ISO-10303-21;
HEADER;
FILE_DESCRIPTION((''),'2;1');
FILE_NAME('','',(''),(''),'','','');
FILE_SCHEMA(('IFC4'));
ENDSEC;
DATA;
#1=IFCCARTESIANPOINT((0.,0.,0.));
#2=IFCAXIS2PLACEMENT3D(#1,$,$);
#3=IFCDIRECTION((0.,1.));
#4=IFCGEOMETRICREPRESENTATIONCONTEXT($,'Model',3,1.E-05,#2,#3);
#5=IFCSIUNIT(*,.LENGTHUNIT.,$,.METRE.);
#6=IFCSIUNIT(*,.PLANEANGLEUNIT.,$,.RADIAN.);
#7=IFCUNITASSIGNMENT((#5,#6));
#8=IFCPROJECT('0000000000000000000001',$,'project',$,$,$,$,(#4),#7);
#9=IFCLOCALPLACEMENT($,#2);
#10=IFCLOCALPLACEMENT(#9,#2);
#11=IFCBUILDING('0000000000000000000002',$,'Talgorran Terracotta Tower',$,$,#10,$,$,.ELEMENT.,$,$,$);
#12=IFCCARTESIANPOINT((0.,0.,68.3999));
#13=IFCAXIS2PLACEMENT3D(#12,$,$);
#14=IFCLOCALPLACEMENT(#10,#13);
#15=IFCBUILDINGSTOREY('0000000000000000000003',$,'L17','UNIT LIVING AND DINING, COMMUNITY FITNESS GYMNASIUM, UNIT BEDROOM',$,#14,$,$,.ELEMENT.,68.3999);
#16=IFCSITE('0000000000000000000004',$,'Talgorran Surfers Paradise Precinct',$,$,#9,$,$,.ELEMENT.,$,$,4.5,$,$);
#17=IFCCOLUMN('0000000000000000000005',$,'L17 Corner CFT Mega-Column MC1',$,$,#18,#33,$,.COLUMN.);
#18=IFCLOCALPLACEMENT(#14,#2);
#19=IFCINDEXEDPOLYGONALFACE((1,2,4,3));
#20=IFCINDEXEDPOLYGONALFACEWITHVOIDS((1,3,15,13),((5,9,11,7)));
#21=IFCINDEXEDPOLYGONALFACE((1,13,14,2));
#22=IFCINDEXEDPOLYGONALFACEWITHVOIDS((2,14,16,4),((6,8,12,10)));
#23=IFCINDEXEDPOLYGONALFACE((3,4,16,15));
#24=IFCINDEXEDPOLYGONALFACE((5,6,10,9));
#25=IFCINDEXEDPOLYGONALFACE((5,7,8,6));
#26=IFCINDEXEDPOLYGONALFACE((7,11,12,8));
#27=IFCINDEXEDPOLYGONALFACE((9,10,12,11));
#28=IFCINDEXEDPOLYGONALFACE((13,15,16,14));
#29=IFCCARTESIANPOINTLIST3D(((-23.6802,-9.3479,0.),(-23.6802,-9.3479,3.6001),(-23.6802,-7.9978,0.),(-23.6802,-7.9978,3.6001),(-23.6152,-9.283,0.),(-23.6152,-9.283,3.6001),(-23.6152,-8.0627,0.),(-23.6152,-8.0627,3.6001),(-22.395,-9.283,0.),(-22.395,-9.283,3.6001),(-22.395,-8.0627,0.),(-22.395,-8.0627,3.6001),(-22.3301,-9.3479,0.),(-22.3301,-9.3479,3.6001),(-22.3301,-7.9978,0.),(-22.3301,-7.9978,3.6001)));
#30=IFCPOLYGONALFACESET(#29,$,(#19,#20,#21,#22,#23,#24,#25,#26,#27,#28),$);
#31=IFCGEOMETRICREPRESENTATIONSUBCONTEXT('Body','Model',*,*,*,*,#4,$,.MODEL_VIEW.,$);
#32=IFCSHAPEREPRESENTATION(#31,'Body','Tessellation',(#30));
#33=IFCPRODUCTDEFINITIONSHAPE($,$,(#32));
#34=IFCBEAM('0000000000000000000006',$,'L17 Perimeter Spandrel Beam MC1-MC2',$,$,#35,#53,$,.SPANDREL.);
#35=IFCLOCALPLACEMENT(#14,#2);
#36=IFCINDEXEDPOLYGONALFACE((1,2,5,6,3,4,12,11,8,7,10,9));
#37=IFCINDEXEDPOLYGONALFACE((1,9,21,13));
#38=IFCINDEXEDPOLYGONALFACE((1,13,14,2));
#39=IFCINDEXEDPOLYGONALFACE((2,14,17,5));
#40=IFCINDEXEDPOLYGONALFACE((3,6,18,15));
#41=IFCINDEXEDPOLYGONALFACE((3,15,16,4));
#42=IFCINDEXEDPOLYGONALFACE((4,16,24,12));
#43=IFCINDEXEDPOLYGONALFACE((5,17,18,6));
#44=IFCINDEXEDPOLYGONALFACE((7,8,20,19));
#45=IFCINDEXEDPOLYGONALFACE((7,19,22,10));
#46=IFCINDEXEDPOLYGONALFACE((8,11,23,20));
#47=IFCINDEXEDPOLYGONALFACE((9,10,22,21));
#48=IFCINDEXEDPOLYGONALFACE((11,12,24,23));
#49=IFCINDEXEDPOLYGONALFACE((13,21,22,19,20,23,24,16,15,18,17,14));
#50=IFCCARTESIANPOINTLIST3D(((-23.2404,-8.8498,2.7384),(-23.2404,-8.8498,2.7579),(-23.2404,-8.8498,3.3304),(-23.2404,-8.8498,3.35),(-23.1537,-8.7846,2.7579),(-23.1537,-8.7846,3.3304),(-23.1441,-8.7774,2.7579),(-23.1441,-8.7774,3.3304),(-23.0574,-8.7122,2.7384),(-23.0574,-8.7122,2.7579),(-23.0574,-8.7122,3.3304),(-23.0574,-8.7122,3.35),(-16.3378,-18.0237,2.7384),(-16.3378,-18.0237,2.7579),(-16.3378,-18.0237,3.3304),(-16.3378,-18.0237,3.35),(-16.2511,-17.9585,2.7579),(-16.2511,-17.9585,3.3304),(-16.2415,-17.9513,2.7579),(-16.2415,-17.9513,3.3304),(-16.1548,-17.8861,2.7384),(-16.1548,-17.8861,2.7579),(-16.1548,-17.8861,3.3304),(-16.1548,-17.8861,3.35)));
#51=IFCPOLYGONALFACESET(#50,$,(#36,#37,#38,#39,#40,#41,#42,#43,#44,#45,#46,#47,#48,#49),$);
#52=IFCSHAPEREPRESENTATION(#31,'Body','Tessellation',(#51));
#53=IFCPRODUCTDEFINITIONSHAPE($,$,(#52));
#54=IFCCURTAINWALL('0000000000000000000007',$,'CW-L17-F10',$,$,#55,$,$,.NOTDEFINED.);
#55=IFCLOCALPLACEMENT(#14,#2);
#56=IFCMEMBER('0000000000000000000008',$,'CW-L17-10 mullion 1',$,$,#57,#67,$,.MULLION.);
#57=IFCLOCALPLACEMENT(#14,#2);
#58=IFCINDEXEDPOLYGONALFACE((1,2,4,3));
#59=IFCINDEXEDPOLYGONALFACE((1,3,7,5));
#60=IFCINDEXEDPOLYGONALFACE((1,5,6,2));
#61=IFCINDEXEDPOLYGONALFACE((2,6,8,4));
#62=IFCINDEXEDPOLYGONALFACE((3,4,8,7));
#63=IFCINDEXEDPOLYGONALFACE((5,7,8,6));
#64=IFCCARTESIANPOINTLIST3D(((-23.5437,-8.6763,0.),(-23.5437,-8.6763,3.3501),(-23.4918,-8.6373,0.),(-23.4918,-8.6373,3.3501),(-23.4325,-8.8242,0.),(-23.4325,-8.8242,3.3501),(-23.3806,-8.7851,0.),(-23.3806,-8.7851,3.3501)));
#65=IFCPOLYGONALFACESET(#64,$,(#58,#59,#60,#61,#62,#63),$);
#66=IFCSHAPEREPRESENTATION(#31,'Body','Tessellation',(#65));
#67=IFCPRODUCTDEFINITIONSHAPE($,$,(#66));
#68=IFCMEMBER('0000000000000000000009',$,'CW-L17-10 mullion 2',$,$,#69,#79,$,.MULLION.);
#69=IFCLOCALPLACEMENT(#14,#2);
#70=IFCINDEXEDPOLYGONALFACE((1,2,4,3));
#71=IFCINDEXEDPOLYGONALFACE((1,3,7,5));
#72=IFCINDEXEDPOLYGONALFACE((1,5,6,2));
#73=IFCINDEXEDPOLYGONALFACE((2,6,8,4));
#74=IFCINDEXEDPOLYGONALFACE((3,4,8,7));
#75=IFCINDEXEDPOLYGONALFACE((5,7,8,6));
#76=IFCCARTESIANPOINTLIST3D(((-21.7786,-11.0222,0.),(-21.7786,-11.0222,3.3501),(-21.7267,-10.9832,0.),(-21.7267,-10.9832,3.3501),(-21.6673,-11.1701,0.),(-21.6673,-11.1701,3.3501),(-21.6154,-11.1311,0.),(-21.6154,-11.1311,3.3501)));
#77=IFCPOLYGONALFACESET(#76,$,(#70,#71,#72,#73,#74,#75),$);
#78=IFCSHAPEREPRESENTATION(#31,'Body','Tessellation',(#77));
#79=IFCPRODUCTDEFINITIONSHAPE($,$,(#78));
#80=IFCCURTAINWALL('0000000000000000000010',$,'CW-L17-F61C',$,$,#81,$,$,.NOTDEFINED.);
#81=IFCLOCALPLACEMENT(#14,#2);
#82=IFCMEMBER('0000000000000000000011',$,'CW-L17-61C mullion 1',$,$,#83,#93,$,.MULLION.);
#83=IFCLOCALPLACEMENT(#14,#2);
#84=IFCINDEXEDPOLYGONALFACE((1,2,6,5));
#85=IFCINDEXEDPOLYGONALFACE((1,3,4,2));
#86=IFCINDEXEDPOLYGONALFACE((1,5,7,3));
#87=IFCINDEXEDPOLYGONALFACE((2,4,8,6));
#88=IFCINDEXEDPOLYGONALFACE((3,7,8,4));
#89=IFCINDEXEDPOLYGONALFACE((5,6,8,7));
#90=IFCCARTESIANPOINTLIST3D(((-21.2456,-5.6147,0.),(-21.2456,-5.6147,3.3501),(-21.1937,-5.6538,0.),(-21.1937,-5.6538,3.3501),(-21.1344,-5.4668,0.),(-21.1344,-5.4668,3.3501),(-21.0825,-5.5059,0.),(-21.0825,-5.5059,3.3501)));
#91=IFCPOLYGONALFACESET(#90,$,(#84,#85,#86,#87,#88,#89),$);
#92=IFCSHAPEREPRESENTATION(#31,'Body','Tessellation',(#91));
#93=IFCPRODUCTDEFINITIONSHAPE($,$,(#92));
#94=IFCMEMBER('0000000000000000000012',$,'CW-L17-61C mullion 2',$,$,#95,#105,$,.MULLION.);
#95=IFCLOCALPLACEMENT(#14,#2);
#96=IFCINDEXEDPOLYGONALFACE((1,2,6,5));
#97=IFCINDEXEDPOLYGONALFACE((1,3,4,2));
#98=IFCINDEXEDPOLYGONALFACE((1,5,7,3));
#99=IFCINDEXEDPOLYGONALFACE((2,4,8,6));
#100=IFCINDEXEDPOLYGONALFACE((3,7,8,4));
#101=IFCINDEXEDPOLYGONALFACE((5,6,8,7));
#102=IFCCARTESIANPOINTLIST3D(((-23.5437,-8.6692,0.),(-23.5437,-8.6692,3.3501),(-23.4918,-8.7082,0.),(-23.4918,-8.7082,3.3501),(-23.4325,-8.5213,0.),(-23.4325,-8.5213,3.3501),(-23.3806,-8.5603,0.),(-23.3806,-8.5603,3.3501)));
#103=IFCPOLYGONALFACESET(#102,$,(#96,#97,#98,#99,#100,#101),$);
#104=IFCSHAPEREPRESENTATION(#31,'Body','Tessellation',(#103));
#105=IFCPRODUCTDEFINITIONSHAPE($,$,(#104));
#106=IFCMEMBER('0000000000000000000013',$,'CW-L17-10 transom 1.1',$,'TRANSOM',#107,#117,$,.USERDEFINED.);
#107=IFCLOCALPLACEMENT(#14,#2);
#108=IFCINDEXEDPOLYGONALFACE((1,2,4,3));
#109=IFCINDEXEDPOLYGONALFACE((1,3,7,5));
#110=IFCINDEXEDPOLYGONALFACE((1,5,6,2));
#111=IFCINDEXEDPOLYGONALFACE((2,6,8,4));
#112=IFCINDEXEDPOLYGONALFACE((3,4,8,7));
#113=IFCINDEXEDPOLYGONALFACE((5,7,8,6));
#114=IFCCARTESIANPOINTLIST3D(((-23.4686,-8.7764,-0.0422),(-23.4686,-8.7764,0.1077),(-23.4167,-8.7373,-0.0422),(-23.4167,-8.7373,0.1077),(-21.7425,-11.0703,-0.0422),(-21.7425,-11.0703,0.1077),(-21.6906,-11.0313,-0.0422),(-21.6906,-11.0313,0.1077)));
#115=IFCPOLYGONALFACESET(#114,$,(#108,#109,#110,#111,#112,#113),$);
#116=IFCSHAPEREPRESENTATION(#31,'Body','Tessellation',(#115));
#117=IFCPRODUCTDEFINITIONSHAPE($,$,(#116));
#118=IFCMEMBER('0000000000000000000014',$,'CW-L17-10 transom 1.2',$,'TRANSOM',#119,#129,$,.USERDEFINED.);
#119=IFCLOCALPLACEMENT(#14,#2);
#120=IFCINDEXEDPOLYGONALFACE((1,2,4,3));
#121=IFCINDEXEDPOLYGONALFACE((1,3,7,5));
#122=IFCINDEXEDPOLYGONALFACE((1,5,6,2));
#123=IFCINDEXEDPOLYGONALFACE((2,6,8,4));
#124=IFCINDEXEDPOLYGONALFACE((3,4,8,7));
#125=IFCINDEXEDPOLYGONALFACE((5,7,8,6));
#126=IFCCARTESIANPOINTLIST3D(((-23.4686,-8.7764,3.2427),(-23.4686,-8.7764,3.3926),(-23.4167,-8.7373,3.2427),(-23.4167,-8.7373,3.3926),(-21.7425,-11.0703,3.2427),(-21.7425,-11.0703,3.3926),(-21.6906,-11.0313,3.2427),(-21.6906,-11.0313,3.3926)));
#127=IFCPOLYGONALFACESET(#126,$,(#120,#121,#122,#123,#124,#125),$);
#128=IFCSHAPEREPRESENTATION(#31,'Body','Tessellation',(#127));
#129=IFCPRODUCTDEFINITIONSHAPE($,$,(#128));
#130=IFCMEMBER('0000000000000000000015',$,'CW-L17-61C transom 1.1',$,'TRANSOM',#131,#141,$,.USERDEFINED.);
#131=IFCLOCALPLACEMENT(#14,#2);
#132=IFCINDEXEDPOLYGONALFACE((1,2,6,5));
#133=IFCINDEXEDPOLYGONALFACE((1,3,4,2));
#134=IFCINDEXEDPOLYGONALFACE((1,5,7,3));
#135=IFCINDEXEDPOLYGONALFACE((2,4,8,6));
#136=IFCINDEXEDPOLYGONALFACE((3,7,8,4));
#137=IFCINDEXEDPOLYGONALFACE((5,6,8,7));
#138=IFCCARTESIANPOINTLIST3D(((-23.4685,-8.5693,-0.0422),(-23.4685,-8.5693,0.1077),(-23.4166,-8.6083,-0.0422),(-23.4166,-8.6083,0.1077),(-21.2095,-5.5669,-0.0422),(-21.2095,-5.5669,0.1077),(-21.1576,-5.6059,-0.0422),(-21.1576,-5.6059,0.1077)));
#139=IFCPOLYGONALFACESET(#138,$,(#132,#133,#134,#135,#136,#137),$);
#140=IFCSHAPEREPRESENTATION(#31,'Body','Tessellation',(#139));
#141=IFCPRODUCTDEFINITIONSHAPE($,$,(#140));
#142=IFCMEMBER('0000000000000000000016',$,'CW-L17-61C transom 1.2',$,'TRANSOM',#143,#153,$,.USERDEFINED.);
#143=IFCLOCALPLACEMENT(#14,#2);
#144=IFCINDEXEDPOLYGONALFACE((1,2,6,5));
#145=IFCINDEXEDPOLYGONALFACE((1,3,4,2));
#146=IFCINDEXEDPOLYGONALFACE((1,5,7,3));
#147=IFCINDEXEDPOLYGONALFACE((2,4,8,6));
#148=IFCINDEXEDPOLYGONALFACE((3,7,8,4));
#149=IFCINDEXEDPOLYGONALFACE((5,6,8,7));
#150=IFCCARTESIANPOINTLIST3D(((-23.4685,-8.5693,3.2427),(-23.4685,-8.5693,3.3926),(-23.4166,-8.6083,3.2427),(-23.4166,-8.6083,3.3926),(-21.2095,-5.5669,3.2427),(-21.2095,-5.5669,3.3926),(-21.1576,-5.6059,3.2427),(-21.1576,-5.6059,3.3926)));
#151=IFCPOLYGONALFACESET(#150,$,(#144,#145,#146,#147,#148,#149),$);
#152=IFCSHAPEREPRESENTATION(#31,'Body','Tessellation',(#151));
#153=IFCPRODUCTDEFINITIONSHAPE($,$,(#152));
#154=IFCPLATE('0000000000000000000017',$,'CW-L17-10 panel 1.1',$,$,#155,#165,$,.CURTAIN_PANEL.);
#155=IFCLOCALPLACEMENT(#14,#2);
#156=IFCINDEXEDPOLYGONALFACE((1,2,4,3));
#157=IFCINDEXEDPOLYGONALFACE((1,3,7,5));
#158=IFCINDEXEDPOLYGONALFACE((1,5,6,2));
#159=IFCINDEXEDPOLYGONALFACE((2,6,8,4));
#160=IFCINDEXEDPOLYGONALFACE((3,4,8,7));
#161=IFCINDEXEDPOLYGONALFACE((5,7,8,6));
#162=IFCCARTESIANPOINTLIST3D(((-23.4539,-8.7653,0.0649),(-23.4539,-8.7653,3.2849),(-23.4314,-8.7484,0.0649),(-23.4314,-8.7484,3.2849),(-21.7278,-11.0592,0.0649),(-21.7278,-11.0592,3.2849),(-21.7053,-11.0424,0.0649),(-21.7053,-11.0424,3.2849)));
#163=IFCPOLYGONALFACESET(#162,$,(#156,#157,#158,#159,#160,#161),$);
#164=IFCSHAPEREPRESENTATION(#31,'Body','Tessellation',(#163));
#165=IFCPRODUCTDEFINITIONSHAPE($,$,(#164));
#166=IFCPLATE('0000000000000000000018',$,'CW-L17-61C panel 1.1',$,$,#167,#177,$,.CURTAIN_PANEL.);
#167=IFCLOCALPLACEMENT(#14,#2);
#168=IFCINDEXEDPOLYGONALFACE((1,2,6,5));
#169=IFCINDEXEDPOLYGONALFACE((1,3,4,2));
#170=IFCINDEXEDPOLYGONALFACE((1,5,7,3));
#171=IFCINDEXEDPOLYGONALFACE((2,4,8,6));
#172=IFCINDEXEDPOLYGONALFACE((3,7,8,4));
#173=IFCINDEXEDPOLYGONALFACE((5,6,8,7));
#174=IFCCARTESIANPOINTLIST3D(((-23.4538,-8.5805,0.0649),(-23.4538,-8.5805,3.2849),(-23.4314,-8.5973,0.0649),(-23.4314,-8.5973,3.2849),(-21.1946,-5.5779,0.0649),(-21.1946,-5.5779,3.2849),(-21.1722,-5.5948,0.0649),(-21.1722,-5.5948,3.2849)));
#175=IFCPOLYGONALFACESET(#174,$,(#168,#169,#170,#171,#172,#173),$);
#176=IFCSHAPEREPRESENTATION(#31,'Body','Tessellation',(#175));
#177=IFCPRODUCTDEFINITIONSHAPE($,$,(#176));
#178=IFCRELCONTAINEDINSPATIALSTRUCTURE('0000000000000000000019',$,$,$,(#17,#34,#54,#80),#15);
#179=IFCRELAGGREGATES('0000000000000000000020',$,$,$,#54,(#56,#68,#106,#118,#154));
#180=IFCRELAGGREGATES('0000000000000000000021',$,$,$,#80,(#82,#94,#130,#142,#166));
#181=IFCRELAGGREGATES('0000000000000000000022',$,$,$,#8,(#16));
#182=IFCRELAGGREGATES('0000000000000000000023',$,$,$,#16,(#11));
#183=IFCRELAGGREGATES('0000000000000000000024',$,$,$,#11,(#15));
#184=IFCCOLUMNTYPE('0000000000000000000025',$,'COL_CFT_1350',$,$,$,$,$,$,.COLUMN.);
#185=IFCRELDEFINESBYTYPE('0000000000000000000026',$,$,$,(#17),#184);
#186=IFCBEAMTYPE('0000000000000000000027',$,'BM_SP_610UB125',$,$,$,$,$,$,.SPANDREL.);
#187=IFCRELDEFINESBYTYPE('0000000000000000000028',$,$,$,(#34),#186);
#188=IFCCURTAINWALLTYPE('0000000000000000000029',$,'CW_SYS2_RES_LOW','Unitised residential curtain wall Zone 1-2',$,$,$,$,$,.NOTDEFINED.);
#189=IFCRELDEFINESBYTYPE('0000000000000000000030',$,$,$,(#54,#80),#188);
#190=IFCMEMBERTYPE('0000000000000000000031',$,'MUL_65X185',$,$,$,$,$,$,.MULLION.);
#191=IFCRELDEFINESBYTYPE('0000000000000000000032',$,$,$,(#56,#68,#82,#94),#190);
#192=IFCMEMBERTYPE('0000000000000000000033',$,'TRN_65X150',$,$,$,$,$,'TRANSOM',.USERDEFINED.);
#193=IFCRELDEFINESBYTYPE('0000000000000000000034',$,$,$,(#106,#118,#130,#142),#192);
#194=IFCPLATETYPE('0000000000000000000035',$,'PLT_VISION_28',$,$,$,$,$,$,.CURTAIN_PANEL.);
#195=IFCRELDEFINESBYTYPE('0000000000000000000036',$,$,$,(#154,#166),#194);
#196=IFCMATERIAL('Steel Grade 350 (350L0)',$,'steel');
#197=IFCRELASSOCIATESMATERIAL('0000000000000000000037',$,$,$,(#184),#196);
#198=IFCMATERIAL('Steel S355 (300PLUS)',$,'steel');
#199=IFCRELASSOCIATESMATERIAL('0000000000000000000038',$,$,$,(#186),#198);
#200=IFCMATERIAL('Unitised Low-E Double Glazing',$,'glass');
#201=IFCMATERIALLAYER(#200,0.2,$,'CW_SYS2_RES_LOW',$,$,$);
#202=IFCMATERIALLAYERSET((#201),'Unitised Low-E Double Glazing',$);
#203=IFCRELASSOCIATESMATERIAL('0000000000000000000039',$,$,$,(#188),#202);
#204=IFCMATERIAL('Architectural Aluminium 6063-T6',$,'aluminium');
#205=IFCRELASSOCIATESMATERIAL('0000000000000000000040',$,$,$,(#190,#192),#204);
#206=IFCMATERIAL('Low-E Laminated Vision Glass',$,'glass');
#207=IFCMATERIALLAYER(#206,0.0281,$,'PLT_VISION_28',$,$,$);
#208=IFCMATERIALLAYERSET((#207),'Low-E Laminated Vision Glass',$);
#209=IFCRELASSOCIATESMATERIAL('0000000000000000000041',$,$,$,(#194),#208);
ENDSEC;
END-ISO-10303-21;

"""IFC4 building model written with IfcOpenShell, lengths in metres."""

from ifc_helpers import new_model, si_unit, direction, frame, origin, origin_2d, place, context, subcontext, project, spatial, rectangle, hollow_rectangle, i_section, extrude, source, transform, mapped, material, layer, layer_set, material_profile, profile_set, type_object, type_shapes, element, aggregate, save


model = new_model("IFC4")

# Units and contexts
model_context = context("Model", 3, precision=1e-05, world=origin(), true_north=direction((0.0, 1.0)))
body_context = subcontext(model_context, "Body", "Model", "MODEL_VIEW")
ifc_project = project(units=[si_unit("LENGTHUNIT", "METRE"), si_unit("PLANEANGLEUNIT", "RADIAN")], contexts=[model_context])

# Site, building, storey
site_placement = place(None, origin())
site = spatial("IfcSite", under=ifc_project, at=site_placement, Name="Talgorran Surfers Paradise Precinct", CompositionType="ELEMENT", RefElevation=4.5)
building_placement = place(site_placement, origin())
building = spatial("IfcBuilding", under=site, at=building_placement, Name="Talgorran Terracotta Tower", CompositionType="ELEMENT")
storey_placement = place(building_placement, frame((0.0, 0.0, 68.3999)))
storey = spatial("IfcBuildingStorey", under=building, at=storey_placement, Name="L17", Description="UNIT LIVING AND DINING, COMMUNITY FITNESS GYMNASIUM, UNIT BEDROOM", CompositionType="ELEMENT", Elevation=68.3999)

# Column
ifc_material_1 = material(Name="Steel Grade 350 (350L0)", Category="steel")
ifc_material_profile_1 = material_profile(ifc_material_1, hollow_rectangle(XDim=1.3501, YDim=1.3501, WallThickness=0.0649, at=origin_2d()), Name="CFT1350X1350X65")
ifc_profile_set_1 = profile_set([ifc_material_profile_1], Name="Steel Grade 350 (350L0)")
column_type = type_object("IfcColumnType", Name="COL_CFT_1350", PredefinedType="COLUMN", material=ifc_profile_set_1)
column_placement = place(storey_placement, frame((-23.0051, -8.6729, 0.0), z_axis=(0.0, 0.0, 1.0), x_axis=(1.0, 0.0, 0.0)))
element("IfcColumn", 1, at=column_placement, inside=storey, type_object=column_type, Name="L17 Corner CFT Mega-Column MC1", PredefinedType="COLUMN", context=body_context, shape_type="SweptSolid", body=[
    extrude(hollow_rectangle(XDim=1.3501, YDim=1.3501, WallThickness=0.0649, at=origin_2d()), origin(), (0.0, 0.0, 1.0), 3.6001),
])

# Beam
ifc_material_2 = material(Name="Steel S355 (300PLUS)", Category="steel")
ifc_material_profile_2 = material_profile(ifc_material_2, i_section(OverallWidth=0.229, OverallDepth=0.6116, WebThickness=0.012, FlangeThickness=0.0195, at=origin_2d()), Name="610UB125")
ifc_profile_set_2 = profile_set([ifc_material_profile_2], Name="Steel S355 (300PLUS)")
beam_type = type_object("IfcBeamType", Name="BM_SP_610UB125", PredefinedType="SPANDREL", material=ifc_profile_set_2)
beam_placement = place(storey_placement, frame((-23.1489, -8.781, 3.0442), z_axis=(0.601238, -0.79907, 0.0), x_axis=(0.79907, 0.601238, 0.0)))
element("IfcBeam", 2, at=beam_placement, inside=storey, type_object=beam_type, Name="L17 Perimeter Spandrel Beam MC1-MC2", PredefinedType="SPANDREL", context=body_context, shape_type="SweptSolid", body=[
    extrude(i_section(OverallWidth=0.229, OverallDepth=0.6116, WebThickness=0.012, FlangeThickness=0.0195, at=origin_2d()), origin(), (0.0, 0.0, 1.0), 11.4807),
])

# Curtain walls, members
ifc_material_3 = material(Name="Unitised Low-E Double Glazing", Category="glass")
ifc_layer_1 = layer(ifc_material_3, 0.2, Name="CW_SYS2_RES_LOW")
ifc_layer_set_1 = layer_set([ifc_layer_1], Name="Unitised Low-E Double Glazing")
curtain_wall_type = type_object("IfcCurtainWallType", Name="CW_SYS2_RES_LOW", Description="Unitised residential curtain wall Zone 1-2", PredefinedType="NOTDEFINED", material=ifc_layer_set_1)
curtain_wall_1_placement = place(storey_placement, origin())
curtain_wall_1 = element("IfcCurtainWall", 3, at=curtain_wall_1_placement, inside=storey, type_object=curtain_wall_type, Name="CW-L17-F10", PredefinedType="NOTDEFINED")
ifc_material_4 = material(Name="Architectural Aluminium 6063-T6", Category="aluminium")
ifc_material_profile_3 = material_profile(ifc_material_4, rectangle(XDim=0.0649, YDim=0.1851, at=origin_2d()), Name="CWM65X185")
ifc_profile_set_3 = profile_set([ifc_material_profile_3], Name="Architectural Aluminium 6063-T6")
member_type_1 = type_object("IfcMemberType", Name="MUL_65X185", PredefinedType="MULLION", material=ifc_profile_set_3)
member_1_placement = place(storey_placement, frame((-23.4622, -8.7307, 0.0), z_axis=(0.0, 0.0, 1.0), x_axis=(0.799059, 0.601252, 0.0)))
member_1 = element("IfcMember", 4, at=member_1_placement, type_object=member_type_1, Name="CW-L17-10 mullion 1", PredefinedType="MULLION", context=body_context, shape_type="SweptSolid", body=[
    extrude(rectangle(XDim=0.0649, YDim=0.1851, at=origin_2d()), origin(), (0.0, 0.0, 1.0), 3.3501),
])
member_2_placement = place(storey_placement, frame((-21.697, -11.0767, 0.0), z_axis=(0.0, 0.0, 1.0), x_axis=(0.799059, 0.601252, 0.0)))
member_2 = element("IfcMember", 5, at=member_2_placement, type_object=member_type_1, Name="CW-L17-10 mullion 2", PredefinedType="MULLION", context=body_context, shape_type="SweptSolid", body=[
    extrude(rectangle(XDim=0.0649, YDim=0.1851, at=origin_2d()), origin(), (0.0, 0.0, 1.0), 3.3501),
])
curtain_wall_2_placement = place(storey_placement, origin())
curtain_wall_2 = element("IfcCurtainWall", 6, at=curtain_wall_2_placement, inside=storey, type_object=curtain_wall_type, Name="CW-L17-F61C", PredefinedType="NOTDEFINED")
member_3_placement = place(storey_placement, frame((-21.1641, -5.5603, 0.0), z_axis=(0.0, 0.0, 1.0), x_axis=(0.799061, -0.60125, 0.0)))
member_3 = element("IfcMember", 7, at=member_3_placement, type_object=member_type_1, Name="CW-L17-61C mullion 1", PredefinedType="MULLION", context=body_context, shape_type="SweptSolid", body=[
    extrude(rectangle(XDim=0.0649, YDim=0.1851, at=origin_2d()), origin(), (0.0, 0.0, 1.0), 3.3501),
])
member_4_placement = place(storey_placement, frame((-23.4622, -8.6147, 0.0), z_axis=(0.0, 0.0, 1.0), x_axis=(0.799061, -0.60125, 0.0)))
member_4 = element("IfcMember", 8, at=member_4_placement, type_object=member_type_1, Name="CW-L17-61C mullion 2", PredefinedType="MULLION", context=body_context, shape_type="SweptSolid", body=[
    extrude(rectangle(XDim=0.0649, YDim=0.1851, at=origin_2d()), origin(), (0.0, 0.0, 1.0), 3.3501),
])

# Members
ifc_material_profile_4 = material_profile(ifc_material_4, rectangle(XDim=0.0649, YDim=0.1499, at=origin_2d()), Name="CWT65X150")
ifc_profile_set_4 = profile_set([ifc_material_profile_4], Name="Architectural Aluminium 6063-T6")
member_type_2 = type_object("IfcMemberType", Name="TRN_65X150", ElementType="TRANSOM", PredefinedType="USERDEFINED", material=ifc_profile_set_4)
member_5_placement = place(storey_placement, frame((-23.4426, -8.7568, 0.0327), z_axis=(0.601251, -0.79906, 0.0), x_axis=(0.79906, 0.601251, 0.0)))
member_5 = element("IfcMember", 9, at=member_5_placement, type_object=member_type_2, Name="CW-L17-10 transom 1.1", ObjectType="TRANSOM", PredefinedType="USERDEFINED", context=body_context, shape_type="SweptSolid", body=[
    extrude(rectangle(XDim=0.0649, YDim=0.1499, at=origin_2d()), origin(), (0.0, 0.0, 1.0), 2.8708),
])
member_6_placement = place(storey_placement, frame((-23.4426, -8.7568, 3.3176), z_axis=(0.601251, -0.79906, 0.0), x_axis=(0.79906, 0.601251, 0.0)))
member_6 = element("IfcMember", 10, at=member_6_placement, type_object=member_type_2, Name="CW-L17-10 transom 1.2", ObjectType="TRANSOM", PredefinedType="USERDEFINED", context=body_context, shape_type="SweptSolid", body=[
    extrude(rectangle(XDim=0.0649, YDim=0.1499, at=origin_2d()), origin(), (0.0, 0.0, 1.0), 2.8708),
])
member_7_placement = place(storey_placement, frame((-21.1836, -5.5864, 0.0327), z_axis=(-0.601226, -0.799079, 0.0), x_axis=(0.799079, -0.601226, 0.0)))
member_7 = element("IfcMember", 11, at=member_7_placement, type_object=member_type_2, Name="CW-L17-61C transom 1.1", ObjectType="TRANSOM", PredefinedType="USERDEFINED", context=body_context, shape_type="SweptSolid", body=[
    extrude(rectangle(XDim=0.0649, YDim=0.1499, at=origin_2d()), origin(), (0.0, 0.0, 1.0), 3.7573),
])
member_8_placement = place(storey_placement, frame((-21.1836, -5.5864, 3.3176), z_axis=(-0.601226, -0.799079, 0.0), x_axis=(0.799079, -0.601226, 0.0)))
member_8 = element("IfcMember", 12, at=member_8_placement, type_object=member_type_2, Name="CW-L17-61C transom 1.2", ObjectType="TRANSOM", PredefinedType="USERDEFINED", context=body_context, shape_type="SweptSolid", body=[
    extrude(rectangle(XDim=0.0649, YDim=0.1499, at=origin_2d()), origin(), (0.0, 0.0, 1.0), 3.7573),
])

# Plates
ifc_material_5 = material(Name="Low-E Laminated Vision Glass", Category="glass")
ifc_layer_2 = layer(ifc_material_5, 0.0281, Name="PLT_VISION_28")
ifc_layer_set_2 = layer_set([ifc_layer_2], Name="Low-E Laminated Vision Glass")
plate_type = type_object("IfcPlateType", Name="PLT_VISION_28", PredefinedType="CURTAIN_PANEL", material=ifc_layer_set_2)
shared_shape_1 = source(origin(), body_context, "Body", "SweptSolid", [
    extrude(rectangle(XDim=2.8708, YDim=0.0281, at=origin_2d()), origin(), (0.0, 0.0, 1.0), 3.22),
])
plate_1_placement = place(storey_placement, frame((-22.5796, -9.9038, 0.0649), z_axis=(0.0, 0.0, 1.0), x_axis=(0.601252, -0.799059, 0.0)))
plate_1 = element("IfcPlate", 13, at=plate_1_placement, type_object=plate_type, Name="CW-L17-10 panel 1.1", PredefinedType="CURTAIN_PANEL", context=body_context, shape_type="MappedRepresentation", body=[
    mapped(shared_shape_1, transform((0.0, 0.0, 0.0), scale=1.0)),
])
aggregate(curtain_wall_1, [member_1, member_2, member_5, member_6, plate_1])
shared_shape_2 = source(origin(), body_context, "Body", "SweptSolid", [
    extrude(rectangle(XDim=3.7576, YDim=0.0281, at=origin_2d()), origin(), (0.0, 0.0, 1.0), 3.22),
])
type_shapes(plate_type, [shared_shape_1, shared_shape_2])
plate_2_placement = place(storey_placement, frame((-22.313, -7.0876, 0.0649), z_axis=(0.0, 0.0, 1.0), x_axis=(-0.60125, -0.799061, 0.0)))
plate_2 = element("IfcPlate", 14, at=plate_2_placement, type_object=plate_type, Name="CW-L17-61C panel 1.1", PredefinedType="CURTAIN_PANEL", context=body_context, shape_type="MappedRepresentation", body=[
    mapped(shared_shape_2, transform((0.0, 0.0, 0.0), scale=1.0)),
])
aggregate(curtain_wall_2, [member_3, member_4, member_7, member_8, plate_2])

save(model, "model.ifc")
